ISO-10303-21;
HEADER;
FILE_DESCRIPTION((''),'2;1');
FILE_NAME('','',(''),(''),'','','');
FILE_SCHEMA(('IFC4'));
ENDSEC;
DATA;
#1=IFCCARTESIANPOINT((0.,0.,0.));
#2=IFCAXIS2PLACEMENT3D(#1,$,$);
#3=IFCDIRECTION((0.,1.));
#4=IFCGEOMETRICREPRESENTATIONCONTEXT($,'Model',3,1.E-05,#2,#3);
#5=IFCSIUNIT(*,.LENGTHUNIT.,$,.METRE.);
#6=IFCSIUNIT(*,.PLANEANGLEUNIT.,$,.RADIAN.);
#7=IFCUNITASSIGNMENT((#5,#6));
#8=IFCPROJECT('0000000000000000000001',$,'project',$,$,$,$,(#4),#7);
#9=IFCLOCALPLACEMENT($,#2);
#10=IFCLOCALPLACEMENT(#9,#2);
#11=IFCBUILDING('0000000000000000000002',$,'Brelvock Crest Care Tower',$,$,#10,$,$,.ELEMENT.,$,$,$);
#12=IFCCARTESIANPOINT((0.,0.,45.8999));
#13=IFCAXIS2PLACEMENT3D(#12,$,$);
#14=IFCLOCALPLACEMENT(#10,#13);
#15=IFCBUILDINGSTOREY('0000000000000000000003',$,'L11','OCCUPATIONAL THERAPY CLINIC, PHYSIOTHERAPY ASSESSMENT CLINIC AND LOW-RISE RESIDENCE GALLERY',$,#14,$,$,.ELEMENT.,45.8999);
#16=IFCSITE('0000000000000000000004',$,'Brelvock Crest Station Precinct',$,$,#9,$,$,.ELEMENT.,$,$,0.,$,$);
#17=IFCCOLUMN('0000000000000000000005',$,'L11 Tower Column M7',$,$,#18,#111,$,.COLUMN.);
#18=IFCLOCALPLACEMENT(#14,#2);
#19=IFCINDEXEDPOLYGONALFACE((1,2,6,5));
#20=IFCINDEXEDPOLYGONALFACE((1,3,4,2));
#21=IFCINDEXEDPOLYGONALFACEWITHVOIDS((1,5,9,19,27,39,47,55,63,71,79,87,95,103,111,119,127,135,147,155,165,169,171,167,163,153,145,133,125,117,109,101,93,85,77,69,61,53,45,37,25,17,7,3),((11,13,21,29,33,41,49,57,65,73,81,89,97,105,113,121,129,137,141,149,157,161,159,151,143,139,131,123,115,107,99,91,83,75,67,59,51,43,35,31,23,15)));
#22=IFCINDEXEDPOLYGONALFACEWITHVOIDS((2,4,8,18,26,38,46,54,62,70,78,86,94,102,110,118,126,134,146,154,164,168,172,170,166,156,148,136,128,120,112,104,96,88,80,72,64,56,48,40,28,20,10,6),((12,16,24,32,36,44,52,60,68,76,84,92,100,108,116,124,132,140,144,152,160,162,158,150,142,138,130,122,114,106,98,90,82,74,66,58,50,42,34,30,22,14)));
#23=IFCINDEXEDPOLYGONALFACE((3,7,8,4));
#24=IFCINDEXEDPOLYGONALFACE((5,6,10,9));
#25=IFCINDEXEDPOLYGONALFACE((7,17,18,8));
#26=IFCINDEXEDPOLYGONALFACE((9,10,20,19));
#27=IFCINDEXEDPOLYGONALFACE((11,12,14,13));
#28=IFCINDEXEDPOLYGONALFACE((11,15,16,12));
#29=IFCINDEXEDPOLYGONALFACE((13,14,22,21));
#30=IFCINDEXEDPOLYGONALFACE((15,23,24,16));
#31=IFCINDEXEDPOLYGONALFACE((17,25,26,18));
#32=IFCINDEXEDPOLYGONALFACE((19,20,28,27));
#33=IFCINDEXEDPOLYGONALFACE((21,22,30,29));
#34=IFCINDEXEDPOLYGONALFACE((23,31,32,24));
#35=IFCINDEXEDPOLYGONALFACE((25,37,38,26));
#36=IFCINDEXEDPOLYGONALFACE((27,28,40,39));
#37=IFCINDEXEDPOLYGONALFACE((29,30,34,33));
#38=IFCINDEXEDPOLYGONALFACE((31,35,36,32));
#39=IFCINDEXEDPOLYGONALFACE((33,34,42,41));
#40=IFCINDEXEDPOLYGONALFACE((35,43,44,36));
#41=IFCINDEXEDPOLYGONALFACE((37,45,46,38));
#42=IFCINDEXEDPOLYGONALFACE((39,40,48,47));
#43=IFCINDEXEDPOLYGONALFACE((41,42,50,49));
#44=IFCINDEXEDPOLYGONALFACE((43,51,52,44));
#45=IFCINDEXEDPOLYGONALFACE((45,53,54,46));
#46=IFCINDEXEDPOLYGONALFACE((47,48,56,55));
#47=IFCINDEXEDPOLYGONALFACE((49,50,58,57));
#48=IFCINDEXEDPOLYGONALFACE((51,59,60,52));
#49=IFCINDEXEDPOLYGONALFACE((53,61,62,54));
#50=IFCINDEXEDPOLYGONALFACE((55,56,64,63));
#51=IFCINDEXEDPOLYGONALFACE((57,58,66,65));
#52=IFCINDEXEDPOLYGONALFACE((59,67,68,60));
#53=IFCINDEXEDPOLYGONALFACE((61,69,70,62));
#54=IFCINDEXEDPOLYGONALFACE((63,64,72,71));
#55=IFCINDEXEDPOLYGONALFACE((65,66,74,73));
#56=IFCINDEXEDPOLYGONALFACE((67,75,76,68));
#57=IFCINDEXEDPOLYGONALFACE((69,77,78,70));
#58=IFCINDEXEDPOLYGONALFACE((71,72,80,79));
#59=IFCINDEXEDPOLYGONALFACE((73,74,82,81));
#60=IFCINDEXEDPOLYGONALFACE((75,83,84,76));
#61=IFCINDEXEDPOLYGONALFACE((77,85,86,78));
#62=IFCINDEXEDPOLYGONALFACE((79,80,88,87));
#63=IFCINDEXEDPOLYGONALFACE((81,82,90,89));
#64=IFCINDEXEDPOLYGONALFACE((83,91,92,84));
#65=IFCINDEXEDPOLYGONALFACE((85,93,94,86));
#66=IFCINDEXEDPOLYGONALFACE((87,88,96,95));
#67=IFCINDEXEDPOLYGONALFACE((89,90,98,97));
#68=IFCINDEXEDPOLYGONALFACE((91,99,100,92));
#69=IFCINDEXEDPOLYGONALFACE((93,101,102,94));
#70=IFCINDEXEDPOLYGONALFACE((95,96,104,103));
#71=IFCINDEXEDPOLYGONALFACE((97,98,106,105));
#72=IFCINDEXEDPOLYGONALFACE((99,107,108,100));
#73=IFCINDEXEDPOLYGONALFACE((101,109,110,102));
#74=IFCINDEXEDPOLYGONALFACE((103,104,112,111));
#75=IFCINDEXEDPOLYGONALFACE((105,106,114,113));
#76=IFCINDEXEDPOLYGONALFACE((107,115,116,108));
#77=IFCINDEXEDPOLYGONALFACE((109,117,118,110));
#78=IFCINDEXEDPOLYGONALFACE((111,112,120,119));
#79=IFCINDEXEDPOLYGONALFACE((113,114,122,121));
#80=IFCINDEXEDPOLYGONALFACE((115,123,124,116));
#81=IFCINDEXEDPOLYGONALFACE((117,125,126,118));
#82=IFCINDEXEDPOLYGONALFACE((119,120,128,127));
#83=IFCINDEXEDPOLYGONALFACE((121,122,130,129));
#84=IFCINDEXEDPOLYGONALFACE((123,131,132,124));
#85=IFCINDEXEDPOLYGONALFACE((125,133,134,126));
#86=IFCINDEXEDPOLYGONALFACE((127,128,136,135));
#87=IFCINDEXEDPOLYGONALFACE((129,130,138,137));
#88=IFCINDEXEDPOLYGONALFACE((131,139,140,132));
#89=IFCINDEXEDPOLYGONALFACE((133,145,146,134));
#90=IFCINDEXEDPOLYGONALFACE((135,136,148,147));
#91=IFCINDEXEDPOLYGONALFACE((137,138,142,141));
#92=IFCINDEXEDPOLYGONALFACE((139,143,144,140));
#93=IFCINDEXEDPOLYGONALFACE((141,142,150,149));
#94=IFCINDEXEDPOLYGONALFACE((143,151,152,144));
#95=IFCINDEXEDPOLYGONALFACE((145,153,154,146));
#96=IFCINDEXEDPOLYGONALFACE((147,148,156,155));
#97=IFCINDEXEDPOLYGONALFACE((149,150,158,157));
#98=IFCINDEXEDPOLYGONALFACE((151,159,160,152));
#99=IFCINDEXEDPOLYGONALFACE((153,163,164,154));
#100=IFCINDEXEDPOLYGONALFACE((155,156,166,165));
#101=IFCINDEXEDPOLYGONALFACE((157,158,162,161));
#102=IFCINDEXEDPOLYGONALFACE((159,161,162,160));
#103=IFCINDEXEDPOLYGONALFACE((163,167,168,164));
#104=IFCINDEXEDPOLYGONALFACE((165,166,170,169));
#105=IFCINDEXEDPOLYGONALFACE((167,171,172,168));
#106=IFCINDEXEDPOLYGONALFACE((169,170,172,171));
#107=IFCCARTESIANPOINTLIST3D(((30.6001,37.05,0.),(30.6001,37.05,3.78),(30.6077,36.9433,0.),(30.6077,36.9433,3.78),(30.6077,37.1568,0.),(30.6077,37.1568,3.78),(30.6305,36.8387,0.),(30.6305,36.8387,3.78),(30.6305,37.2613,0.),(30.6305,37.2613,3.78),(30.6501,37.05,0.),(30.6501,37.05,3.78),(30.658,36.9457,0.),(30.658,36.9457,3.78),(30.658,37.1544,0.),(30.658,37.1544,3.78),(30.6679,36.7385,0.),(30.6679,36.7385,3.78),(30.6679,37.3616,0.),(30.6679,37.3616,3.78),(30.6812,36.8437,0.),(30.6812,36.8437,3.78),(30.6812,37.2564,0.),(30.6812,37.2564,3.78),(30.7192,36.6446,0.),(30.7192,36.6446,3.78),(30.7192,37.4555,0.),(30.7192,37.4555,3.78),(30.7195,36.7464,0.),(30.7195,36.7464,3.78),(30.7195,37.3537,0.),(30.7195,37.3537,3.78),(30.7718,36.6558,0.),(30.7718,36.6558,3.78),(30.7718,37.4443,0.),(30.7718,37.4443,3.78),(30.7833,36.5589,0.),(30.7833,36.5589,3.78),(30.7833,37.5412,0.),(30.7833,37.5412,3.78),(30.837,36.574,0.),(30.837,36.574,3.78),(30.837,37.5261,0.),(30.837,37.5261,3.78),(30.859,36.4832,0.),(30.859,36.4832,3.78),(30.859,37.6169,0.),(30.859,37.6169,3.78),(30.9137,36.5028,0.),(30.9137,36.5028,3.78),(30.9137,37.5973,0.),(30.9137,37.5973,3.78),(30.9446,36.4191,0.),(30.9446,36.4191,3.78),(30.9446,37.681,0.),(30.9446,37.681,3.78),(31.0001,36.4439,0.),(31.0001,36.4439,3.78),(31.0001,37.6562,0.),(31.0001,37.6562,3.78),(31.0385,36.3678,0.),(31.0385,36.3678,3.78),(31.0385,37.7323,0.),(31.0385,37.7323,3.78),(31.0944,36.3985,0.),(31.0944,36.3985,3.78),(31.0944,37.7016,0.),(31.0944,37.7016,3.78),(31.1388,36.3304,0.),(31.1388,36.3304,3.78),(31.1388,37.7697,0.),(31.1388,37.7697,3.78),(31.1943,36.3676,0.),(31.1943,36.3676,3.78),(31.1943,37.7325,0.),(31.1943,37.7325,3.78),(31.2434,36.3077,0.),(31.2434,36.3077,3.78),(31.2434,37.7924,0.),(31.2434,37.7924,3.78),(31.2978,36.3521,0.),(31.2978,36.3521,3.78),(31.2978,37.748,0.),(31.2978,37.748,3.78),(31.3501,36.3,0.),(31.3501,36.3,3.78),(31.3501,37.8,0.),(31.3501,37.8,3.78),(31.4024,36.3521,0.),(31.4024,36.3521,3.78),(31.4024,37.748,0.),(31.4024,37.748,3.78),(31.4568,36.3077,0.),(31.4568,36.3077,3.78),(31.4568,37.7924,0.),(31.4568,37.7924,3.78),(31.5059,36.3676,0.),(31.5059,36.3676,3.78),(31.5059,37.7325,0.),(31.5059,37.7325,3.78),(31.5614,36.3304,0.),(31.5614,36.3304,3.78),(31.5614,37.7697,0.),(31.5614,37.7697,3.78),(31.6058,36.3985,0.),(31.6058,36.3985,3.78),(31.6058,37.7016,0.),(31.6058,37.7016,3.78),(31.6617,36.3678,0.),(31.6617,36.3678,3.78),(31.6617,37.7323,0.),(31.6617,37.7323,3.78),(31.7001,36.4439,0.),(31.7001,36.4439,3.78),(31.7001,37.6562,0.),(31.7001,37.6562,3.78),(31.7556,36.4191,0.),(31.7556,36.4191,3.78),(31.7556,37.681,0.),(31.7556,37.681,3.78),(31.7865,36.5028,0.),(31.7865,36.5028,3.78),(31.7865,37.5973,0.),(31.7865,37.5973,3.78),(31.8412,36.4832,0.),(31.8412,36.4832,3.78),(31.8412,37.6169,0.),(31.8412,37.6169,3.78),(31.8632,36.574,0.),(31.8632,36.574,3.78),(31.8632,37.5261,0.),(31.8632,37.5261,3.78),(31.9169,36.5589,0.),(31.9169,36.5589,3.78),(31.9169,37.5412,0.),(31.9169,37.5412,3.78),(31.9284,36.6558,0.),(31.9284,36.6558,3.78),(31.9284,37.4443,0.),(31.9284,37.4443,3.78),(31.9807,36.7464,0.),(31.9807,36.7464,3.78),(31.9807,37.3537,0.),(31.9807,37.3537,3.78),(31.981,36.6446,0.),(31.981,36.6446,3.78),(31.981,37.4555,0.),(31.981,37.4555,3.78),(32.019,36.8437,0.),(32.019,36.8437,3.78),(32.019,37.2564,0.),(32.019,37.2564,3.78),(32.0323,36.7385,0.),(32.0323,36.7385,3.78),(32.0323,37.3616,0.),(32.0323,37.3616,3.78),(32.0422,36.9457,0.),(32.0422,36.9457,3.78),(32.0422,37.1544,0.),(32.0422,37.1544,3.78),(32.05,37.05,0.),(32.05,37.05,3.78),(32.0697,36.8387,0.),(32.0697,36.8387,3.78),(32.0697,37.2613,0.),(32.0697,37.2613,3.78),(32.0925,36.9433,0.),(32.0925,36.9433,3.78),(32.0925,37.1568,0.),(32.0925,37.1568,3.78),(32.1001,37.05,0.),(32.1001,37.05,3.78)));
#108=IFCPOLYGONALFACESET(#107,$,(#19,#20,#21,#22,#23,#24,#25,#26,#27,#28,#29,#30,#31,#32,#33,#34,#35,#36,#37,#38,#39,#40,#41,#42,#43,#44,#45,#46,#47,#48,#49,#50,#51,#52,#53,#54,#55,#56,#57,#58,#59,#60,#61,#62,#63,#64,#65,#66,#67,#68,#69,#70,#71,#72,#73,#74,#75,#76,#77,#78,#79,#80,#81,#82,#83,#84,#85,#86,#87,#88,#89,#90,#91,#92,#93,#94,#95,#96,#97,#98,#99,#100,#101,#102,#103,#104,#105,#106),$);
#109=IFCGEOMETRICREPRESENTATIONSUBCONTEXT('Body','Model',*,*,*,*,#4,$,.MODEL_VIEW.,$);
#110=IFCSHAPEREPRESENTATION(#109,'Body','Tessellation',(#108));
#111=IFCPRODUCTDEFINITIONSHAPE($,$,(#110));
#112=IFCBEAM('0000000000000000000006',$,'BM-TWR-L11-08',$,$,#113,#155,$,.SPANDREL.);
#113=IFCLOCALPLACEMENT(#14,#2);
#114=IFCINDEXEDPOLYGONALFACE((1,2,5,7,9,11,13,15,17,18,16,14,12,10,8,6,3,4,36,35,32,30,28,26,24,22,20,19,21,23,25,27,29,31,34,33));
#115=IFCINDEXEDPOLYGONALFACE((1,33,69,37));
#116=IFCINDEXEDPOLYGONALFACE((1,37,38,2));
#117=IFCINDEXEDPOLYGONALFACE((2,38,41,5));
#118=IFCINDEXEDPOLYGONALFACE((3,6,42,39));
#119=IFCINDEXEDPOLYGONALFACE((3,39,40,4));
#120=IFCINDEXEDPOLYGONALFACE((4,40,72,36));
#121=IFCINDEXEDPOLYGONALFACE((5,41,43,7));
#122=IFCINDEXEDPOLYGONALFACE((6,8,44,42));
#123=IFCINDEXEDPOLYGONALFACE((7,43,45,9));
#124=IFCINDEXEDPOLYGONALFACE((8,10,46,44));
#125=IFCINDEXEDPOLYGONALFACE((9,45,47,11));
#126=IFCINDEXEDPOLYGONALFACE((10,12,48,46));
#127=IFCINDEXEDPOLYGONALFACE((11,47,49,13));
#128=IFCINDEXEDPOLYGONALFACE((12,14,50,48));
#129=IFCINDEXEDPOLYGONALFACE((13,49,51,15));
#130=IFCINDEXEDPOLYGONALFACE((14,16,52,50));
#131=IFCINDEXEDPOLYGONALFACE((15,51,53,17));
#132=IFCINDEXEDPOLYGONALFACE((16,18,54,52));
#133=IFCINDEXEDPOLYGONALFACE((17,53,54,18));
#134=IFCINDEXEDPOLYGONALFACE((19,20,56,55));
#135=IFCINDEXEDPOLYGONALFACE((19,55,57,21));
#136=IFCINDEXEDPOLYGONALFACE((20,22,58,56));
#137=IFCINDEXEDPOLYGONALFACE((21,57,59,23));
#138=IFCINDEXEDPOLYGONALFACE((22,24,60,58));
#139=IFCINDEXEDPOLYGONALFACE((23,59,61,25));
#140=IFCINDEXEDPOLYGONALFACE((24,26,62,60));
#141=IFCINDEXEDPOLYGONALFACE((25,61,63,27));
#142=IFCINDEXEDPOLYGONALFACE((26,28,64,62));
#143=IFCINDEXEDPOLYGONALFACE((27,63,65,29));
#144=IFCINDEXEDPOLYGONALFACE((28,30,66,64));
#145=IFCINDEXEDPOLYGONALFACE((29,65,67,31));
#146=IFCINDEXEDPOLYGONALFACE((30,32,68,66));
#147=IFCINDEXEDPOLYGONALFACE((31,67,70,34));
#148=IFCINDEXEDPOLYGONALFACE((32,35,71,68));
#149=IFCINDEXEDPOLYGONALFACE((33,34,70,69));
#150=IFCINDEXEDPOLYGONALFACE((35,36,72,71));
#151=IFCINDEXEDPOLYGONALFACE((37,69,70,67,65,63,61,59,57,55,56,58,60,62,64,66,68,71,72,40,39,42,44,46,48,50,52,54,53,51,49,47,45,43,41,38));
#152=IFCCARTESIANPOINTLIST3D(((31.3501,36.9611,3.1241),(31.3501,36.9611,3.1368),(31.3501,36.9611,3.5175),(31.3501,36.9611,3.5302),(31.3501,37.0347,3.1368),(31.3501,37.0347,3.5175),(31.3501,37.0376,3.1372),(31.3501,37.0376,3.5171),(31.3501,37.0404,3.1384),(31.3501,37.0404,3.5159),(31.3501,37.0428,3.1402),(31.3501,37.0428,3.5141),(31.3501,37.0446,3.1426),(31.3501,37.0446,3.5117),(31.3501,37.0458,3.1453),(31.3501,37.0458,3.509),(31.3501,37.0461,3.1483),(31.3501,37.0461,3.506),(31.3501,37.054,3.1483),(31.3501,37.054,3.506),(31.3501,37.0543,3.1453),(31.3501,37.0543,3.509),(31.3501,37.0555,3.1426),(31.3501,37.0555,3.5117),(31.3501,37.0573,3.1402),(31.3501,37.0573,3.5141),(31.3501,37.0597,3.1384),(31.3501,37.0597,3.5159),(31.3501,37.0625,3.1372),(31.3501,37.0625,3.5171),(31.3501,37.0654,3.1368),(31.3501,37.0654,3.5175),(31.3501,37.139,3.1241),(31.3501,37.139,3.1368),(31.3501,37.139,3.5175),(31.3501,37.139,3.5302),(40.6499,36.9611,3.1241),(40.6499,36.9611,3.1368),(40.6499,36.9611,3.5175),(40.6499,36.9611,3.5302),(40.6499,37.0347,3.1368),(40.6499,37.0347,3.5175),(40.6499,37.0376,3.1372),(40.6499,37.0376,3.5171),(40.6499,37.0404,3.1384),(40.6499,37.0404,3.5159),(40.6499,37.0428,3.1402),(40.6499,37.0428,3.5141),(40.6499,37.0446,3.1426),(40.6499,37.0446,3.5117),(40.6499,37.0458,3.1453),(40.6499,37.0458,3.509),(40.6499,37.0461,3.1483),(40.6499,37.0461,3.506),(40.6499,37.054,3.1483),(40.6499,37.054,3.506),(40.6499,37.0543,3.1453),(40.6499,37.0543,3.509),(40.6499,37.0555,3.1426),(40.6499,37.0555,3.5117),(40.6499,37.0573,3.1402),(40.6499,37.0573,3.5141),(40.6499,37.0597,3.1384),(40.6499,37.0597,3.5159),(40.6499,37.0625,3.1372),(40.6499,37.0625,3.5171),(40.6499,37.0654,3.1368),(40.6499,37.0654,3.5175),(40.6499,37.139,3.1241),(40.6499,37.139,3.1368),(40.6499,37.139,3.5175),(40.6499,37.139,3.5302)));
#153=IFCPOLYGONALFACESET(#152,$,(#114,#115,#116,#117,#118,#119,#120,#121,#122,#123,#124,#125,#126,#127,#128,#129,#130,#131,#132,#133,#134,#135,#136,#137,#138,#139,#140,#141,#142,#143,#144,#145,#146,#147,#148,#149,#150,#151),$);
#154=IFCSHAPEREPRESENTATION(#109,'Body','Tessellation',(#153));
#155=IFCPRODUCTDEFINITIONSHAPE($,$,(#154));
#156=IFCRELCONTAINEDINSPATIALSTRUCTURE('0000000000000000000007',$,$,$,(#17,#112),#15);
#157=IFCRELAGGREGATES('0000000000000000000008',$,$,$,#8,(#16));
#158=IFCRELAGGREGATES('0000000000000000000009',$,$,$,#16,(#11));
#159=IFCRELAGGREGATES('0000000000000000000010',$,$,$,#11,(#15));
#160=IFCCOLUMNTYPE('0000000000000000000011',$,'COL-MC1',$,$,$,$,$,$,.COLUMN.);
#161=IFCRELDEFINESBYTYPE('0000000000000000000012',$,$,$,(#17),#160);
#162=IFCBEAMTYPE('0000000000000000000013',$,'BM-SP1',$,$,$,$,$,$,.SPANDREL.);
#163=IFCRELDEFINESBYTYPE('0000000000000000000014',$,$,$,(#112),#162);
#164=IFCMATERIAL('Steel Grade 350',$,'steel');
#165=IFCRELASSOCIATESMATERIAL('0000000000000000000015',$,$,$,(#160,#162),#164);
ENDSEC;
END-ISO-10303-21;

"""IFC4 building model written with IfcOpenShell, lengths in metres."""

from ifc_helpers import new_model, si_unit, direction, frame, origin, origin_2d, place, context, subcontext, project, spatial, hollow_circle, i_section, extrude, source, transform, mapped, material, material_profile, profile_set, type_object, element, save


model = new_model("IFC4")

# Units and contexts
model_context = context("Model", 3, precision=1e-05, world=origin(), true_north=direction((0.0, 1.0)))
body_context = subcontext(model_context, "Body", "Model", "MODEL_VIEW")
ifc_project = project(units=[si_unit("LENGTHUNIT", "METRE"), si_unit("PLANEANGLEUNIT", "RADIAN")], contexts=[model_context])

# Site, building, storey
site_placement = place(None, origin())
site = spatial("IfcSite", under=ifc_project, at=site_placement, Name="Brelvock Crest Station Precinct", CompositionType="ELEMENT", RefElevation=0.0)
building_placement = place(site_placement, origin())
building = spatial("IfcBuilding", under=site, at=building_placement, Name="Brelvock Crest Care Tower", CompositionType="ELEMENT")
storey_placement = place(building_placement, frame((0.0, 0.0, 45.8999)))
storey = spatial("IfcBuildingStorey", under=building, at=storey_placement, Name="L11", Description="OCCUPATIONAL THERAPY CLINIC, PHYSIOTHERAPY ASSESSMENT CLINIC AND LOW-RISE RESIDENCE GALLERY", CompositionType="ELEMENT", Elevation=45.8999)

# Column
ifc_material_1 = material(Name="Steel Grade 350", Category="steel")
ifc_material_profile_1 = material_profile(ifc_material_1, hollow_circle(Radius=0.75, WallThickness=0.05, at=origin_2d()), Name="CFT1500x50")
ifc_profile_set_1 = profile_set([ifc_material_profile_1], Name="Steel Grade 350")
column_type = type_object("IfcColumnType", Name="COL-MC1", PredefinedType="COLUMN", material=ifc_profile_set_1)
shared_shape_1 = source(origin(), body_context, "Body", "SweptSolid", [
    extrude(hollow_circle(Radius=0.75, WallThickness=0.05, at=origin_2d()), origin(), (0.0, 0.0, 1.0), 3.78),
])
column_placement = place(storey_placement, frame((31.3501, 37.05, 0.0), z_axis=(0.0, 0.0, 1.0), x_axis=(1.0, 0.0, 0.0)))
element("IfcColumn", 1, at=column_placement, inside=storey, type_object=column_type, Name="L11 Tower Column M7", PredefinedType="COLUMN", context=body_context, shape_type="MappedRepresentation", body=[
    mapped(shared_shape_1, transform((0.0, 0.0, 0.0), x_axis=(1.0, 0.0, 0.0), y_axis=(0.0, 1.0, 0.0), z_axis=(0.0, 0.0, 1.0), scale=1.0)),
])

# Beam
ifc_material_profile_2 = material_profile(ifc_material_1, i_section(OverallWidth=0.178, OverallDepth=0.406, WebThickness=0.0078, FlangeThickness=0.0127, FilletRadius=0.0115, at=origin_2d()), Name="410UB59.7")
ifc_profile_set_2 = profile_set([ifc_material_profile_2], Name="Steel Grade 350")
beam_type_1 = type_object("IfcBeamType", Name="BM-SP1", PredefinedType="SPANDREL", material=ifc_profile_set_2)
shared_shape_2 = source(origin(), body_context, "Body", "SweptSolid", [
    extrude(i_section(OverallWidth=0.178, OverallDepth=0.406, WebThickness=0.0078, FlangeThickness=0.0127, FilletRadius=0.0115, at=origin_2d()), origin(), (0.0, 0.0, 1.0), 9.2998),
])
beam_placement = place(storey_placement, frame((31.3501, 37.05, 3.3271), z_axis=(1.0, 0.0, 0.0), x_axis=(0.0, 1.0, 0.0)))
element("IfcBeam", 2, at=beam_placement, inside=storey, type_object=beam_type_1, Name="BM-TWR-L11-08", PredefinedType="SPANDREL", context=body_context, shape_type="MappedRepresentation", body=[
    mapped(shared_shape_2, transform((0.0, 0.0, 0.0), x_axis=(1.0, 0.0, 0.0), y_axis=(0.0, 1.0, 0.0), z_axis=(0.0, 0.0, 1.0), scale=1.0)),
])

save(model, "model.ifc")
